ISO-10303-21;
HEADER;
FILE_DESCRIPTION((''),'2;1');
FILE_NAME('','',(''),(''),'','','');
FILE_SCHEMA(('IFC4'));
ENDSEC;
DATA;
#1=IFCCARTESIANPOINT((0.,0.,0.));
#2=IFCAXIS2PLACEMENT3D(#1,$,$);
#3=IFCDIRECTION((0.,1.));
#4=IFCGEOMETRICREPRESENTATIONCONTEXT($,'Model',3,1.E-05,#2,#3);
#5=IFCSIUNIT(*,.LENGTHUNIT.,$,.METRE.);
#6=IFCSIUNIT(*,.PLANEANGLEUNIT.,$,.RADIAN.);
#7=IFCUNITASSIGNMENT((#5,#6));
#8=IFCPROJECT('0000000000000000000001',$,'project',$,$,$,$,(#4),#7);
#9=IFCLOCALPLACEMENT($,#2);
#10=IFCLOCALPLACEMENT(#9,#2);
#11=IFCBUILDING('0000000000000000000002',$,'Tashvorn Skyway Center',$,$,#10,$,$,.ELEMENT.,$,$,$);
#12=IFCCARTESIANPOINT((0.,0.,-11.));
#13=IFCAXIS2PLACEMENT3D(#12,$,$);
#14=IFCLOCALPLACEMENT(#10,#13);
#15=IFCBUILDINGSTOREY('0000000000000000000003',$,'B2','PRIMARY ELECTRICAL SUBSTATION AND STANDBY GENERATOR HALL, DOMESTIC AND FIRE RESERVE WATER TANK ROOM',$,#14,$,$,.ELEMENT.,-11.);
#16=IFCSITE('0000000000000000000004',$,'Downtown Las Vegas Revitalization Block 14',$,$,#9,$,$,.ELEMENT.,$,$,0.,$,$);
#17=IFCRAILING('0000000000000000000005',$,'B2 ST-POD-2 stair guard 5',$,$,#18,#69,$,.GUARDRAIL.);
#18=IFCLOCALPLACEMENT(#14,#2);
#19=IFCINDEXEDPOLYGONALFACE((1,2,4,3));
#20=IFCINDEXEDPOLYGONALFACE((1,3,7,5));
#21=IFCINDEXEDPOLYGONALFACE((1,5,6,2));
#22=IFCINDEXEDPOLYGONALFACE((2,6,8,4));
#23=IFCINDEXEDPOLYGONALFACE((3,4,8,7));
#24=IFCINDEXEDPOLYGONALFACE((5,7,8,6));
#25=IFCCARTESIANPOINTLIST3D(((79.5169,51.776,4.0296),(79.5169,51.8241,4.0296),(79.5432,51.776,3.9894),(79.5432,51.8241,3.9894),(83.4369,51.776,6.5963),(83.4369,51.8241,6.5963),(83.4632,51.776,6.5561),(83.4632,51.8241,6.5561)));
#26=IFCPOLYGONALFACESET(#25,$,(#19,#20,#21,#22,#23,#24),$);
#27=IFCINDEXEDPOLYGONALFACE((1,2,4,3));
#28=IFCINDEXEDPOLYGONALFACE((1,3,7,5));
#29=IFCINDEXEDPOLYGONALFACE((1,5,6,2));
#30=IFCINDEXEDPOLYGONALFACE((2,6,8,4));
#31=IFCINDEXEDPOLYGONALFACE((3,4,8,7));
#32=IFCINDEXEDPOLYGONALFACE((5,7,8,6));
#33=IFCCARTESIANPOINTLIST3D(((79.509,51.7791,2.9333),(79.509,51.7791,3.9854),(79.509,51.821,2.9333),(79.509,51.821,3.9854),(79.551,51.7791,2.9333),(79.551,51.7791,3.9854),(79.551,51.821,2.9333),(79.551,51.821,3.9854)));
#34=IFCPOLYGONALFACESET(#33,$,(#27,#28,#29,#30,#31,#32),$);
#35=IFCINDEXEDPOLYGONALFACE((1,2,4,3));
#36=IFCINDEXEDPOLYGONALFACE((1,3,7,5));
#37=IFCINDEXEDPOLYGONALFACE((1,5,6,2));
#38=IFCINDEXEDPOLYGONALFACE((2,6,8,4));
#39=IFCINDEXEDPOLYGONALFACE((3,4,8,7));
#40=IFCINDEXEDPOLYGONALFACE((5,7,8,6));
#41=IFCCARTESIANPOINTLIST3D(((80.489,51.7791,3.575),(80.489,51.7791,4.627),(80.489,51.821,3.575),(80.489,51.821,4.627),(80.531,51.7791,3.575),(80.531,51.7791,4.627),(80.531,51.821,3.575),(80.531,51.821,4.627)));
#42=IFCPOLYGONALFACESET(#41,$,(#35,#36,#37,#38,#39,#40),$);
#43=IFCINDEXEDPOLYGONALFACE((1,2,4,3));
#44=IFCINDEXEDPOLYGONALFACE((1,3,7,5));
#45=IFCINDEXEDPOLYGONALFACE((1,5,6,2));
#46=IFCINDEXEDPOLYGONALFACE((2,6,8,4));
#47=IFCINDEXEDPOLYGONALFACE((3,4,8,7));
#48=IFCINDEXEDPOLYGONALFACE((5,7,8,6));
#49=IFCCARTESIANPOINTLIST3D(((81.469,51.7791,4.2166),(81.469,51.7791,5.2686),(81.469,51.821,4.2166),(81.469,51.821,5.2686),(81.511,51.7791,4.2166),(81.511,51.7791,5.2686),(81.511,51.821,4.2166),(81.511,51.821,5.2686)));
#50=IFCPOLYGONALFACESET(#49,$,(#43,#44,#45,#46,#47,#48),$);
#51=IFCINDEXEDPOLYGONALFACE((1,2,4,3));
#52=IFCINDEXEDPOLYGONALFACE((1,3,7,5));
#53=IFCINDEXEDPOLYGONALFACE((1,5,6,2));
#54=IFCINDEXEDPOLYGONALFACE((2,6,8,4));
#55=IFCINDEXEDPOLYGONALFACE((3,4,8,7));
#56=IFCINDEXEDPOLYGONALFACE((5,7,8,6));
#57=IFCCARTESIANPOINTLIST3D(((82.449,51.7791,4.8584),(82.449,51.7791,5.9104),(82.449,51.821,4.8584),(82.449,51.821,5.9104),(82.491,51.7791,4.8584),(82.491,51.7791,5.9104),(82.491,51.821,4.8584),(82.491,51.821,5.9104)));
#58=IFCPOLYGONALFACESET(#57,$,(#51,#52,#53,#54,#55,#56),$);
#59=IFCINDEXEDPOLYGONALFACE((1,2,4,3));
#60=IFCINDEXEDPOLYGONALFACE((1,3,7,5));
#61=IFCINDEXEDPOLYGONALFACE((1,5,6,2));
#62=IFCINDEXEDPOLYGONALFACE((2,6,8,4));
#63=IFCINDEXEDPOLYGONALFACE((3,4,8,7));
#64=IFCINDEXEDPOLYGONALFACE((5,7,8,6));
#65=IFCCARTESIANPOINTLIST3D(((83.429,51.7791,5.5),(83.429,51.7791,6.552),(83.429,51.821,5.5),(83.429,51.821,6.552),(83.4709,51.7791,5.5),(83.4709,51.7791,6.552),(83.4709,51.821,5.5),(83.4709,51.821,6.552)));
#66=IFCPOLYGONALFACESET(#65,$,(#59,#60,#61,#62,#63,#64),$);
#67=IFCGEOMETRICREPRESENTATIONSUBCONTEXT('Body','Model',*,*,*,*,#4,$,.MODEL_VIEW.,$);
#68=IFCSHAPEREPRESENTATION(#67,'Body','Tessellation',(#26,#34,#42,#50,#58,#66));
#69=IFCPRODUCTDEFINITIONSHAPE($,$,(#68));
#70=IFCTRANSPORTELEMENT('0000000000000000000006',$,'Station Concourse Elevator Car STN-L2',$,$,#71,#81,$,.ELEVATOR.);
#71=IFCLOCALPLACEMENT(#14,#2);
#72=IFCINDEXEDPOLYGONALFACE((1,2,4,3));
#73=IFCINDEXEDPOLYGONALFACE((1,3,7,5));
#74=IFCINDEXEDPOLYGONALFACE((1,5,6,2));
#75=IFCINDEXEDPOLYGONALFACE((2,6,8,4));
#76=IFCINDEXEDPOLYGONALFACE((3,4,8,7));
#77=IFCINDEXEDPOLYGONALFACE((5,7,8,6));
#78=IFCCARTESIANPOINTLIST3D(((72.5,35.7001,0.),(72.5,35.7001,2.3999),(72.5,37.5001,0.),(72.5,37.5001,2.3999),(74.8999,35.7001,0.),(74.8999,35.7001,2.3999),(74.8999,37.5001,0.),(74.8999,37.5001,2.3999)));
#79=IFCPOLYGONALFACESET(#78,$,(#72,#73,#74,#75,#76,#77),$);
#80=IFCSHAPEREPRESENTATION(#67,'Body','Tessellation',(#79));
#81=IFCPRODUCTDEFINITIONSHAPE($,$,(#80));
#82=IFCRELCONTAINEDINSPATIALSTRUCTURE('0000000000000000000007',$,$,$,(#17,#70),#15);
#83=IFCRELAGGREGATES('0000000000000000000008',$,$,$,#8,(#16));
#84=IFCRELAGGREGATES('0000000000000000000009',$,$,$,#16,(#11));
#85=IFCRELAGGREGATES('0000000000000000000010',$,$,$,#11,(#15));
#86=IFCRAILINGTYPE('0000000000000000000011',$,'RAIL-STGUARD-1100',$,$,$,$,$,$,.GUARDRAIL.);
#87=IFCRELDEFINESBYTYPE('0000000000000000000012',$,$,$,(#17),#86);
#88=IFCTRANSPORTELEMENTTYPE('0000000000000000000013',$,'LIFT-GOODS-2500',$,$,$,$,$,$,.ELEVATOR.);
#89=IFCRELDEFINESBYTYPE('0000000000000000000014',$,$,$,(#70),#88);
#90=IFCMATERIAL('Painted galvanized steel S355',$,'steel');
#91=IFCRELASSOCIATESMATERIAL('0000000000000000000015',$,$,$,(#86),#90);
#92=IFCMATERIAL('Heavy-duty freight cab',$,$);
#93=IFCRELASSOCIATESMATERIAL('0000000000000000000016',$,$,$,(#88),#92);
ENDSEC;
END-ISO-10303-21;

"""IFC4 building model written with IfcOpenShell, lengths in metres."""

from ifc_helpers import new_model, si_unit, direction, frame, origin, origin_2d, place, context, subcontext, project, spatial, rectangle, extrude, material, type_object, element, save


model = new_model("IFC4")

# Units and contexts
model_context = context("Model", 3, precision=1e-05, world=origin(), true_north=direction((0.0, 1.0)))
body_context = subcontext(model_context, "Body", "Model", "MODEL_VIEW")
ifc_project = project(units=[si_unit("LENGTHUNIT", "METRE"), si_unit("PLANEANGLEUNIT", "RADIAN")], contexts=[model_context])

# Site, building, storey
site_placement = place(None, origin())
site = spatial("IfcSite", under=ifc_project, at=site_placement, Name="Downtown Las Vegas Revitalization Block 14", CompositionType="ELEMENT", RefElevation=0.0)
building_placement = place(site_placement, origin())
building = spatial("IfcBuilding", under=site, at=building_placement, Name="Tashvorn Skyway Center", CompositionType="ELEMENT")
storey_placement = place(building_placement, frame((0.0, 0.0, -11.0)))
storey = spatial("IfcBuildingStorey", under=building, at=storey_placement, Name="B2", Description="PRIMARY ELECTRICAL SUBSTATION AND STANDBY GENERATOR HALL, DOMESTIC AND FIRE RESERVE WATER TANK ROOM", CompositionType="ELEMENT", Elevation=-11.0)

# Railing
ifc_material_1 = material(Name="Painted galvanized steel S355", Category="steel")
railing_type_1 = type_object("IfcRailingType", Name="RAIL-STGUARD-1100", PredefinedType="GUARDRAIL", material=ifc_material_1)
railing_1_placement = place(storey_placement, frame((79.53, 51.8, 2.9333)))
element("IfcRailing", 1, at=railing_1_placement, inside=storey, type_object=railing_type_1, Name="B2 ST-POD-2 stair guard 5", PredefinedType="GUARDRAIL", context=body_context, shape_type="SweptSolid", body=[
    extrude(rectangle(XDim=0.0481, YDim=0.0481, at=origin_2d()), frame((0.0, 0.0, 1.0762), z_axis=(0.836615, 0.0, 0.547791), x_axis=(0.0, 1.0, 0.0)), (0.0, 0.0, 1.0), 4.6855),
    extrude(rectangle(XDim=0.042, YDim=0.042, at=origin_2d()), origin(), (0.0, 0.0, 1.0), 1.052),
    extrude(rectangle(XDim=0.042, YDim=0.042, at=origin_2d()), frame((0.98, 0.0, 0.6416)), (0.0, 0.0, 1.0), 1.052),
    extrude(rectangle(XDim=0.042, YDim=0.042, at=origin_2d()), frame((1.96, 0.0, 1.2832)), (0.0, 0.0, 1.0), 1.052),
    extrude(rectangle(XDim=0.042, YDim=0.042, at=origin_2d()), frame((2.9399, 0.0, 1.925)), (0.0, 0.0, 1.0), 1.052),
    extrude(rectangle(XDim=0.042, YDim=0.042, at=origin_2d()), frame((3.9199, 0.0, 2.5667)), (0.0, 0.0, 1.0), 1.052),
])

# Transport element
ifc_material_2 = material(Name="Heavy-duty freight cab")
transport_element_type = type_object("IfcTransportElementType", Name="LIFT-GOODS-2500", PredefinedType="ELEVATOR", material=ifc_material_2)
transport_element_placement = place(storey_placement, frame((73.7, 36.6001, 0.0), z_axis=(0.0, 0.0, 1.0), x_axis=(1.0, 0.0, 0.0)))
element("IfcTransportElement", 2, at=transport_element_placement, inside=storey, type_object=transport_element_type, Name="Station Concourse Elevator Car STN-L2", PredefinedType="ELEVATOR", context=body_context, shape_type="SweptSolid", body=[
    extrude(rectangle(XDim=2.3999, YDim=1.8, at=origin_2d()), origin(), (0.0, 0.0, 1.0), 2.3999),
])

save(model, "model.ifc")
